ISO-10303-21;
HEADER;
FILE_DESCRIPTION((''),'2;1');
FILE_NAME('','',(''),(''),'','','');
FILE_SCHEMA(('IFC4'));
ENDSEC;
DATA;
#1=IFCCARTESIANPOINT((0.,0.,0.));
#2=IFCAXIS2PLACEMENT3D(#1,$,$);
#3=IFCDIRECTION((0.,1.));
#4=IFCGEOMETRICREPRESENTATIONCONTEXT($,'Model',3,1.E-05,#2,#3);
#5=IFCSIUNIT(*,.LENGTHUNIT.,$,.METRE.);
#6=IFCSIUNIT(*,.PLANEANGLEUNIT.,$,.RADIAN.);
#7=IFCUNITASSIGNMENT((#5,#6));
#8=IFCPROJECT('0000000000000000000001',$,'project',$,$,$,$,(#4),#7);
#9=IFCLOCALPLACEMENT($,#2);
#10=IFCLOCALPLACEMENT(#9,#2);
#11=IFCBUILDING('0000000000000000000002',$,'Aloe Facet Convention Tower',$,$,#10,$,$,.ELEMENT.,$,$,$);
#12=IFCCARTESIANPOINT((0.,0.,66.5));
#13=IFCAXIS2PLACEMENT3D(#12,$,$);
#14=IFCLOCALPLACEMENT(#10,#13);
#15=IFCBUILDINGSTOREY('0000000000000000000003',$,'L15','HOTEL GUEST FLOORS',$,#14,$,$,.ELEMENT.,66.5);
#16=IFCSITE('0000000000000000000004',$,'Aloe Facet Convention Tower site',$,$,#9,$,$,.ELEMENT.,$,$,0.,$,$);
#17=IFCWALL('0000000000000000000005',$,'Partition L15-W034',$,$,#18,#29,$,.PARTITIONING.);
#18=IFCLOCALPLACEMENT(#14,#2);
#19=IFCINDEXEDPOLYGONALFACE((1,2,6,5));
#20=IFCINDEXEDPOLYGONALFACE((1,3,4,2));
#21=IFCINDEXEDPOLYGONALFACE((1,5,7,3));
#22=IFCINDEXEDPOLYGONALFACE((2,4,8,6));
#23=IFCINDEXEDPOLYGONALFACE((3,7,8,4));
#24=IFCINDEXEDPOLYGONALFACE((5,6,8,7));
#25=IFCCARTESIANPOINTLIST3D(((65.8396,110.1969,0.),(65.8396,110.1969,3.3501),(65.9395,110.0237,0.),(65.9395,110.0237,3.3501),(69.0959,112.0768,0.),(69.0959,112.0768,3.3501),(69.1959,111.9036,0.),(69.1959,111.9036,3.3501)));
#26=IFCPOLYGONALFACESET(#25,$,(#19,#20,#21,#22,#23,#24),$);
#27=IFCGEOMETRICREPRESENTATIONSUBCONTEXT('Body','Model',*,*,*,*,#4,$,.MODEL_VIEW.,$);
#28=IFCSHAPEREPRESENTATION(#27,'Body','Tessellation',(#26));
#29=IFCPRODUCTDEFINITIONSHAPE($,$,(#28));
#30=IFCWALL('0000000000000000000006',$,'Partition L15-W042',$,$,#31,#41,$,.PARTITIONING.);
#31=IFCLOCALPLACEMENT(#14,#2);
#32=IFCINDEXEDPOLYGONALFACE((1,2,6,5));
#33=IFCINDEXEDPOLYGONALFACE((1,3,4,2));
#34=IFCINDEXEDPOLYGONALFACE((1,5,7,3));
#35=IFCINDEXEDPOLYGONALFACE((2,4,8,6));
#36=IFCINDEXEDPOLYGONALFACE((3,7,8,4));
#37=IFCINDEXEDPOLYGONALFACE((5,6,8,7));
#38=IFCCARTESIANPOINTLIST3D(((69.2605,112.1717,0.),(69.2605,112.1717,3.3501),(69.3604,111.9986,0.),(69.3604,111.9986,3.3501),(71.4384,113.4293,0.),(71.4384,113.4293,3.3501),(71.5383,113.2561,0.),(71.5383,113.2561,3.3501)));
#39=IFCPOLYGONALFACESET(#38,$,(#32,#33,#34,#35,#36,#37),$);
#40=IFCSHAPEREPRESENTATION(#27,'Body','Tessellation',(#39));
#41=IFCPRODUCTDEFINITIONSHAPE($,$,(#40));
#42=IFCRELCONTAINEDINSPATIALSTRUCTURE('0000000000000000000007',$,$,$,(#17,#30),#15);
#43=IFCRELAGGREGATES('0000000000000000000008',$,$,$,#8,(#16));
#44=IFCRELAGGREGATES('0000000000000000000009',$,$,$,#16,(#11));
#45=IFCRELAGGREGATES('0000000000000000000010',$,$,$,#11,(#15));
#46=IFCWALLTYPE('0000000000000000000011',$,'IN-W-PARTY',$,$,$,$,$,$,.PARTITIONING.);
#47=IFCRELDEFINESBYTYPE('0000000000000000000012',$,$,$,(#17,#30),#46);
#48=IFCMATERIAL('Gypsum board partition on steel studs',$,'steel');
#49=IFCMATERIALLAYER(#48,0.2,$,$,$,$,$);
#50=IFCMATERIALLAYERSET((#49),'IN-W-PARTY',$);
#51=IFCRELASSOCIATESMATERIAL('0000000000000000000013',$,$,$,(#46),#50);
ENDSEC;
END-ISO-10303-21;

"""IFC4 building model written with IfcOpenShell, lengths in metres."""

from ifc_helpers import new_model, si_unit, direction, frame, frame_2d, origin, place, context, subcontext, project, spatial, rectangle, extrude, material, layer, layer_set, type_object, element, save


model = new_model("IFC4")

# Units and contexts
model_context = context("Model", 3, precision=1e-05, world=origin(), true_north=direction((0.0, 1.0)))
body_context = subcontext(model_context, "Body", "Model", "MODEL_VIEW")
ifc_project = project(units=[si_unit("LENGTHUNIT", "METRE"), si_unit("PLANEANGLEUNIT", "RADIAN")], contexts=[model_context])

# Site, building, storey
site_placement = place(None, origin())
site = spatial("IfcSite", under=ifc_project, at=site_placement, Name="Aloe Facet Convention Tower site", CompositionType="ELEMENT", RefElevation=0.0)
building_placement = place(site_placement, origin())
building = spatial("IfcBuilding", under=site, at=building_placement, Name="Aloe Facet Convention Tower", CompositionType="ELEMENT")
storey_placement = place(building_placement, frame((0.0, 0.0, 66.5)))
storey = spatial("IfcBuildingStorey", under=building, at=storey_placement, Name="L15", Description="HOTEL GUEST FLOORS", CompositionType="ELEMENT", Elevation=66.5)

# Walls
ifc_material_1 = material(Name="Gypsum board partition on steel studs", Category="steel")
ifc_layer_1 = layer(ifc_material_1, 0.2)
ifc_layer_set_1 = layer_set([ifc_layer_1], Name="IN-W-PARTY")
wall_type_1 = type_object("IfcWallType", Name="IN-W-PARTY", PredefinedType="PARTITIONING", material=ifc_layer_set_1)
wall_1_placement = place(storey_placement, frame((65.8896, 110.1104, 0.0), z_axis=(0.0, 0.0, 1.0), x_axis=(0.866045, 0.499966, 0.0)))
element("IfcWall", 1, at=wall_1_placement, inside=storey, type_object=wall_type_1, Name="Partition L15-W034", PredefinedType="PARTITIONING", context=body_context, shape_type="SweptSolid", body=[
    extrude(rectangle(XDim=3.76, YDim=0.2, at=frame_2d((1.8799, 0.0))), origin(), (0.0, 0.0, 1.0), 3.3501),
])
wall_2_placement = place(storey_placement, frame((69.3105, 112.0852, 0.0), z_axis=(0.0, 0.0, 1.0), x_axis=(0.866006, 0.500033, 0.0)))
element("IfcWall", 2, at=wall_2_placement, inside=storey, type_object=wall_type_1, Name="Partition L15-W042", PredefinedType="PARTITIONING", context=body_context, shape_type="SweptSolid", body=[
    extrude(rectangle(XDim=2.5149, YDim=0.2, at=frame_2d((1.2573, 0.0))), origin(), (0.0, 0.0, 1.0), 3.3501),
])

save(model, "model.ifc")
